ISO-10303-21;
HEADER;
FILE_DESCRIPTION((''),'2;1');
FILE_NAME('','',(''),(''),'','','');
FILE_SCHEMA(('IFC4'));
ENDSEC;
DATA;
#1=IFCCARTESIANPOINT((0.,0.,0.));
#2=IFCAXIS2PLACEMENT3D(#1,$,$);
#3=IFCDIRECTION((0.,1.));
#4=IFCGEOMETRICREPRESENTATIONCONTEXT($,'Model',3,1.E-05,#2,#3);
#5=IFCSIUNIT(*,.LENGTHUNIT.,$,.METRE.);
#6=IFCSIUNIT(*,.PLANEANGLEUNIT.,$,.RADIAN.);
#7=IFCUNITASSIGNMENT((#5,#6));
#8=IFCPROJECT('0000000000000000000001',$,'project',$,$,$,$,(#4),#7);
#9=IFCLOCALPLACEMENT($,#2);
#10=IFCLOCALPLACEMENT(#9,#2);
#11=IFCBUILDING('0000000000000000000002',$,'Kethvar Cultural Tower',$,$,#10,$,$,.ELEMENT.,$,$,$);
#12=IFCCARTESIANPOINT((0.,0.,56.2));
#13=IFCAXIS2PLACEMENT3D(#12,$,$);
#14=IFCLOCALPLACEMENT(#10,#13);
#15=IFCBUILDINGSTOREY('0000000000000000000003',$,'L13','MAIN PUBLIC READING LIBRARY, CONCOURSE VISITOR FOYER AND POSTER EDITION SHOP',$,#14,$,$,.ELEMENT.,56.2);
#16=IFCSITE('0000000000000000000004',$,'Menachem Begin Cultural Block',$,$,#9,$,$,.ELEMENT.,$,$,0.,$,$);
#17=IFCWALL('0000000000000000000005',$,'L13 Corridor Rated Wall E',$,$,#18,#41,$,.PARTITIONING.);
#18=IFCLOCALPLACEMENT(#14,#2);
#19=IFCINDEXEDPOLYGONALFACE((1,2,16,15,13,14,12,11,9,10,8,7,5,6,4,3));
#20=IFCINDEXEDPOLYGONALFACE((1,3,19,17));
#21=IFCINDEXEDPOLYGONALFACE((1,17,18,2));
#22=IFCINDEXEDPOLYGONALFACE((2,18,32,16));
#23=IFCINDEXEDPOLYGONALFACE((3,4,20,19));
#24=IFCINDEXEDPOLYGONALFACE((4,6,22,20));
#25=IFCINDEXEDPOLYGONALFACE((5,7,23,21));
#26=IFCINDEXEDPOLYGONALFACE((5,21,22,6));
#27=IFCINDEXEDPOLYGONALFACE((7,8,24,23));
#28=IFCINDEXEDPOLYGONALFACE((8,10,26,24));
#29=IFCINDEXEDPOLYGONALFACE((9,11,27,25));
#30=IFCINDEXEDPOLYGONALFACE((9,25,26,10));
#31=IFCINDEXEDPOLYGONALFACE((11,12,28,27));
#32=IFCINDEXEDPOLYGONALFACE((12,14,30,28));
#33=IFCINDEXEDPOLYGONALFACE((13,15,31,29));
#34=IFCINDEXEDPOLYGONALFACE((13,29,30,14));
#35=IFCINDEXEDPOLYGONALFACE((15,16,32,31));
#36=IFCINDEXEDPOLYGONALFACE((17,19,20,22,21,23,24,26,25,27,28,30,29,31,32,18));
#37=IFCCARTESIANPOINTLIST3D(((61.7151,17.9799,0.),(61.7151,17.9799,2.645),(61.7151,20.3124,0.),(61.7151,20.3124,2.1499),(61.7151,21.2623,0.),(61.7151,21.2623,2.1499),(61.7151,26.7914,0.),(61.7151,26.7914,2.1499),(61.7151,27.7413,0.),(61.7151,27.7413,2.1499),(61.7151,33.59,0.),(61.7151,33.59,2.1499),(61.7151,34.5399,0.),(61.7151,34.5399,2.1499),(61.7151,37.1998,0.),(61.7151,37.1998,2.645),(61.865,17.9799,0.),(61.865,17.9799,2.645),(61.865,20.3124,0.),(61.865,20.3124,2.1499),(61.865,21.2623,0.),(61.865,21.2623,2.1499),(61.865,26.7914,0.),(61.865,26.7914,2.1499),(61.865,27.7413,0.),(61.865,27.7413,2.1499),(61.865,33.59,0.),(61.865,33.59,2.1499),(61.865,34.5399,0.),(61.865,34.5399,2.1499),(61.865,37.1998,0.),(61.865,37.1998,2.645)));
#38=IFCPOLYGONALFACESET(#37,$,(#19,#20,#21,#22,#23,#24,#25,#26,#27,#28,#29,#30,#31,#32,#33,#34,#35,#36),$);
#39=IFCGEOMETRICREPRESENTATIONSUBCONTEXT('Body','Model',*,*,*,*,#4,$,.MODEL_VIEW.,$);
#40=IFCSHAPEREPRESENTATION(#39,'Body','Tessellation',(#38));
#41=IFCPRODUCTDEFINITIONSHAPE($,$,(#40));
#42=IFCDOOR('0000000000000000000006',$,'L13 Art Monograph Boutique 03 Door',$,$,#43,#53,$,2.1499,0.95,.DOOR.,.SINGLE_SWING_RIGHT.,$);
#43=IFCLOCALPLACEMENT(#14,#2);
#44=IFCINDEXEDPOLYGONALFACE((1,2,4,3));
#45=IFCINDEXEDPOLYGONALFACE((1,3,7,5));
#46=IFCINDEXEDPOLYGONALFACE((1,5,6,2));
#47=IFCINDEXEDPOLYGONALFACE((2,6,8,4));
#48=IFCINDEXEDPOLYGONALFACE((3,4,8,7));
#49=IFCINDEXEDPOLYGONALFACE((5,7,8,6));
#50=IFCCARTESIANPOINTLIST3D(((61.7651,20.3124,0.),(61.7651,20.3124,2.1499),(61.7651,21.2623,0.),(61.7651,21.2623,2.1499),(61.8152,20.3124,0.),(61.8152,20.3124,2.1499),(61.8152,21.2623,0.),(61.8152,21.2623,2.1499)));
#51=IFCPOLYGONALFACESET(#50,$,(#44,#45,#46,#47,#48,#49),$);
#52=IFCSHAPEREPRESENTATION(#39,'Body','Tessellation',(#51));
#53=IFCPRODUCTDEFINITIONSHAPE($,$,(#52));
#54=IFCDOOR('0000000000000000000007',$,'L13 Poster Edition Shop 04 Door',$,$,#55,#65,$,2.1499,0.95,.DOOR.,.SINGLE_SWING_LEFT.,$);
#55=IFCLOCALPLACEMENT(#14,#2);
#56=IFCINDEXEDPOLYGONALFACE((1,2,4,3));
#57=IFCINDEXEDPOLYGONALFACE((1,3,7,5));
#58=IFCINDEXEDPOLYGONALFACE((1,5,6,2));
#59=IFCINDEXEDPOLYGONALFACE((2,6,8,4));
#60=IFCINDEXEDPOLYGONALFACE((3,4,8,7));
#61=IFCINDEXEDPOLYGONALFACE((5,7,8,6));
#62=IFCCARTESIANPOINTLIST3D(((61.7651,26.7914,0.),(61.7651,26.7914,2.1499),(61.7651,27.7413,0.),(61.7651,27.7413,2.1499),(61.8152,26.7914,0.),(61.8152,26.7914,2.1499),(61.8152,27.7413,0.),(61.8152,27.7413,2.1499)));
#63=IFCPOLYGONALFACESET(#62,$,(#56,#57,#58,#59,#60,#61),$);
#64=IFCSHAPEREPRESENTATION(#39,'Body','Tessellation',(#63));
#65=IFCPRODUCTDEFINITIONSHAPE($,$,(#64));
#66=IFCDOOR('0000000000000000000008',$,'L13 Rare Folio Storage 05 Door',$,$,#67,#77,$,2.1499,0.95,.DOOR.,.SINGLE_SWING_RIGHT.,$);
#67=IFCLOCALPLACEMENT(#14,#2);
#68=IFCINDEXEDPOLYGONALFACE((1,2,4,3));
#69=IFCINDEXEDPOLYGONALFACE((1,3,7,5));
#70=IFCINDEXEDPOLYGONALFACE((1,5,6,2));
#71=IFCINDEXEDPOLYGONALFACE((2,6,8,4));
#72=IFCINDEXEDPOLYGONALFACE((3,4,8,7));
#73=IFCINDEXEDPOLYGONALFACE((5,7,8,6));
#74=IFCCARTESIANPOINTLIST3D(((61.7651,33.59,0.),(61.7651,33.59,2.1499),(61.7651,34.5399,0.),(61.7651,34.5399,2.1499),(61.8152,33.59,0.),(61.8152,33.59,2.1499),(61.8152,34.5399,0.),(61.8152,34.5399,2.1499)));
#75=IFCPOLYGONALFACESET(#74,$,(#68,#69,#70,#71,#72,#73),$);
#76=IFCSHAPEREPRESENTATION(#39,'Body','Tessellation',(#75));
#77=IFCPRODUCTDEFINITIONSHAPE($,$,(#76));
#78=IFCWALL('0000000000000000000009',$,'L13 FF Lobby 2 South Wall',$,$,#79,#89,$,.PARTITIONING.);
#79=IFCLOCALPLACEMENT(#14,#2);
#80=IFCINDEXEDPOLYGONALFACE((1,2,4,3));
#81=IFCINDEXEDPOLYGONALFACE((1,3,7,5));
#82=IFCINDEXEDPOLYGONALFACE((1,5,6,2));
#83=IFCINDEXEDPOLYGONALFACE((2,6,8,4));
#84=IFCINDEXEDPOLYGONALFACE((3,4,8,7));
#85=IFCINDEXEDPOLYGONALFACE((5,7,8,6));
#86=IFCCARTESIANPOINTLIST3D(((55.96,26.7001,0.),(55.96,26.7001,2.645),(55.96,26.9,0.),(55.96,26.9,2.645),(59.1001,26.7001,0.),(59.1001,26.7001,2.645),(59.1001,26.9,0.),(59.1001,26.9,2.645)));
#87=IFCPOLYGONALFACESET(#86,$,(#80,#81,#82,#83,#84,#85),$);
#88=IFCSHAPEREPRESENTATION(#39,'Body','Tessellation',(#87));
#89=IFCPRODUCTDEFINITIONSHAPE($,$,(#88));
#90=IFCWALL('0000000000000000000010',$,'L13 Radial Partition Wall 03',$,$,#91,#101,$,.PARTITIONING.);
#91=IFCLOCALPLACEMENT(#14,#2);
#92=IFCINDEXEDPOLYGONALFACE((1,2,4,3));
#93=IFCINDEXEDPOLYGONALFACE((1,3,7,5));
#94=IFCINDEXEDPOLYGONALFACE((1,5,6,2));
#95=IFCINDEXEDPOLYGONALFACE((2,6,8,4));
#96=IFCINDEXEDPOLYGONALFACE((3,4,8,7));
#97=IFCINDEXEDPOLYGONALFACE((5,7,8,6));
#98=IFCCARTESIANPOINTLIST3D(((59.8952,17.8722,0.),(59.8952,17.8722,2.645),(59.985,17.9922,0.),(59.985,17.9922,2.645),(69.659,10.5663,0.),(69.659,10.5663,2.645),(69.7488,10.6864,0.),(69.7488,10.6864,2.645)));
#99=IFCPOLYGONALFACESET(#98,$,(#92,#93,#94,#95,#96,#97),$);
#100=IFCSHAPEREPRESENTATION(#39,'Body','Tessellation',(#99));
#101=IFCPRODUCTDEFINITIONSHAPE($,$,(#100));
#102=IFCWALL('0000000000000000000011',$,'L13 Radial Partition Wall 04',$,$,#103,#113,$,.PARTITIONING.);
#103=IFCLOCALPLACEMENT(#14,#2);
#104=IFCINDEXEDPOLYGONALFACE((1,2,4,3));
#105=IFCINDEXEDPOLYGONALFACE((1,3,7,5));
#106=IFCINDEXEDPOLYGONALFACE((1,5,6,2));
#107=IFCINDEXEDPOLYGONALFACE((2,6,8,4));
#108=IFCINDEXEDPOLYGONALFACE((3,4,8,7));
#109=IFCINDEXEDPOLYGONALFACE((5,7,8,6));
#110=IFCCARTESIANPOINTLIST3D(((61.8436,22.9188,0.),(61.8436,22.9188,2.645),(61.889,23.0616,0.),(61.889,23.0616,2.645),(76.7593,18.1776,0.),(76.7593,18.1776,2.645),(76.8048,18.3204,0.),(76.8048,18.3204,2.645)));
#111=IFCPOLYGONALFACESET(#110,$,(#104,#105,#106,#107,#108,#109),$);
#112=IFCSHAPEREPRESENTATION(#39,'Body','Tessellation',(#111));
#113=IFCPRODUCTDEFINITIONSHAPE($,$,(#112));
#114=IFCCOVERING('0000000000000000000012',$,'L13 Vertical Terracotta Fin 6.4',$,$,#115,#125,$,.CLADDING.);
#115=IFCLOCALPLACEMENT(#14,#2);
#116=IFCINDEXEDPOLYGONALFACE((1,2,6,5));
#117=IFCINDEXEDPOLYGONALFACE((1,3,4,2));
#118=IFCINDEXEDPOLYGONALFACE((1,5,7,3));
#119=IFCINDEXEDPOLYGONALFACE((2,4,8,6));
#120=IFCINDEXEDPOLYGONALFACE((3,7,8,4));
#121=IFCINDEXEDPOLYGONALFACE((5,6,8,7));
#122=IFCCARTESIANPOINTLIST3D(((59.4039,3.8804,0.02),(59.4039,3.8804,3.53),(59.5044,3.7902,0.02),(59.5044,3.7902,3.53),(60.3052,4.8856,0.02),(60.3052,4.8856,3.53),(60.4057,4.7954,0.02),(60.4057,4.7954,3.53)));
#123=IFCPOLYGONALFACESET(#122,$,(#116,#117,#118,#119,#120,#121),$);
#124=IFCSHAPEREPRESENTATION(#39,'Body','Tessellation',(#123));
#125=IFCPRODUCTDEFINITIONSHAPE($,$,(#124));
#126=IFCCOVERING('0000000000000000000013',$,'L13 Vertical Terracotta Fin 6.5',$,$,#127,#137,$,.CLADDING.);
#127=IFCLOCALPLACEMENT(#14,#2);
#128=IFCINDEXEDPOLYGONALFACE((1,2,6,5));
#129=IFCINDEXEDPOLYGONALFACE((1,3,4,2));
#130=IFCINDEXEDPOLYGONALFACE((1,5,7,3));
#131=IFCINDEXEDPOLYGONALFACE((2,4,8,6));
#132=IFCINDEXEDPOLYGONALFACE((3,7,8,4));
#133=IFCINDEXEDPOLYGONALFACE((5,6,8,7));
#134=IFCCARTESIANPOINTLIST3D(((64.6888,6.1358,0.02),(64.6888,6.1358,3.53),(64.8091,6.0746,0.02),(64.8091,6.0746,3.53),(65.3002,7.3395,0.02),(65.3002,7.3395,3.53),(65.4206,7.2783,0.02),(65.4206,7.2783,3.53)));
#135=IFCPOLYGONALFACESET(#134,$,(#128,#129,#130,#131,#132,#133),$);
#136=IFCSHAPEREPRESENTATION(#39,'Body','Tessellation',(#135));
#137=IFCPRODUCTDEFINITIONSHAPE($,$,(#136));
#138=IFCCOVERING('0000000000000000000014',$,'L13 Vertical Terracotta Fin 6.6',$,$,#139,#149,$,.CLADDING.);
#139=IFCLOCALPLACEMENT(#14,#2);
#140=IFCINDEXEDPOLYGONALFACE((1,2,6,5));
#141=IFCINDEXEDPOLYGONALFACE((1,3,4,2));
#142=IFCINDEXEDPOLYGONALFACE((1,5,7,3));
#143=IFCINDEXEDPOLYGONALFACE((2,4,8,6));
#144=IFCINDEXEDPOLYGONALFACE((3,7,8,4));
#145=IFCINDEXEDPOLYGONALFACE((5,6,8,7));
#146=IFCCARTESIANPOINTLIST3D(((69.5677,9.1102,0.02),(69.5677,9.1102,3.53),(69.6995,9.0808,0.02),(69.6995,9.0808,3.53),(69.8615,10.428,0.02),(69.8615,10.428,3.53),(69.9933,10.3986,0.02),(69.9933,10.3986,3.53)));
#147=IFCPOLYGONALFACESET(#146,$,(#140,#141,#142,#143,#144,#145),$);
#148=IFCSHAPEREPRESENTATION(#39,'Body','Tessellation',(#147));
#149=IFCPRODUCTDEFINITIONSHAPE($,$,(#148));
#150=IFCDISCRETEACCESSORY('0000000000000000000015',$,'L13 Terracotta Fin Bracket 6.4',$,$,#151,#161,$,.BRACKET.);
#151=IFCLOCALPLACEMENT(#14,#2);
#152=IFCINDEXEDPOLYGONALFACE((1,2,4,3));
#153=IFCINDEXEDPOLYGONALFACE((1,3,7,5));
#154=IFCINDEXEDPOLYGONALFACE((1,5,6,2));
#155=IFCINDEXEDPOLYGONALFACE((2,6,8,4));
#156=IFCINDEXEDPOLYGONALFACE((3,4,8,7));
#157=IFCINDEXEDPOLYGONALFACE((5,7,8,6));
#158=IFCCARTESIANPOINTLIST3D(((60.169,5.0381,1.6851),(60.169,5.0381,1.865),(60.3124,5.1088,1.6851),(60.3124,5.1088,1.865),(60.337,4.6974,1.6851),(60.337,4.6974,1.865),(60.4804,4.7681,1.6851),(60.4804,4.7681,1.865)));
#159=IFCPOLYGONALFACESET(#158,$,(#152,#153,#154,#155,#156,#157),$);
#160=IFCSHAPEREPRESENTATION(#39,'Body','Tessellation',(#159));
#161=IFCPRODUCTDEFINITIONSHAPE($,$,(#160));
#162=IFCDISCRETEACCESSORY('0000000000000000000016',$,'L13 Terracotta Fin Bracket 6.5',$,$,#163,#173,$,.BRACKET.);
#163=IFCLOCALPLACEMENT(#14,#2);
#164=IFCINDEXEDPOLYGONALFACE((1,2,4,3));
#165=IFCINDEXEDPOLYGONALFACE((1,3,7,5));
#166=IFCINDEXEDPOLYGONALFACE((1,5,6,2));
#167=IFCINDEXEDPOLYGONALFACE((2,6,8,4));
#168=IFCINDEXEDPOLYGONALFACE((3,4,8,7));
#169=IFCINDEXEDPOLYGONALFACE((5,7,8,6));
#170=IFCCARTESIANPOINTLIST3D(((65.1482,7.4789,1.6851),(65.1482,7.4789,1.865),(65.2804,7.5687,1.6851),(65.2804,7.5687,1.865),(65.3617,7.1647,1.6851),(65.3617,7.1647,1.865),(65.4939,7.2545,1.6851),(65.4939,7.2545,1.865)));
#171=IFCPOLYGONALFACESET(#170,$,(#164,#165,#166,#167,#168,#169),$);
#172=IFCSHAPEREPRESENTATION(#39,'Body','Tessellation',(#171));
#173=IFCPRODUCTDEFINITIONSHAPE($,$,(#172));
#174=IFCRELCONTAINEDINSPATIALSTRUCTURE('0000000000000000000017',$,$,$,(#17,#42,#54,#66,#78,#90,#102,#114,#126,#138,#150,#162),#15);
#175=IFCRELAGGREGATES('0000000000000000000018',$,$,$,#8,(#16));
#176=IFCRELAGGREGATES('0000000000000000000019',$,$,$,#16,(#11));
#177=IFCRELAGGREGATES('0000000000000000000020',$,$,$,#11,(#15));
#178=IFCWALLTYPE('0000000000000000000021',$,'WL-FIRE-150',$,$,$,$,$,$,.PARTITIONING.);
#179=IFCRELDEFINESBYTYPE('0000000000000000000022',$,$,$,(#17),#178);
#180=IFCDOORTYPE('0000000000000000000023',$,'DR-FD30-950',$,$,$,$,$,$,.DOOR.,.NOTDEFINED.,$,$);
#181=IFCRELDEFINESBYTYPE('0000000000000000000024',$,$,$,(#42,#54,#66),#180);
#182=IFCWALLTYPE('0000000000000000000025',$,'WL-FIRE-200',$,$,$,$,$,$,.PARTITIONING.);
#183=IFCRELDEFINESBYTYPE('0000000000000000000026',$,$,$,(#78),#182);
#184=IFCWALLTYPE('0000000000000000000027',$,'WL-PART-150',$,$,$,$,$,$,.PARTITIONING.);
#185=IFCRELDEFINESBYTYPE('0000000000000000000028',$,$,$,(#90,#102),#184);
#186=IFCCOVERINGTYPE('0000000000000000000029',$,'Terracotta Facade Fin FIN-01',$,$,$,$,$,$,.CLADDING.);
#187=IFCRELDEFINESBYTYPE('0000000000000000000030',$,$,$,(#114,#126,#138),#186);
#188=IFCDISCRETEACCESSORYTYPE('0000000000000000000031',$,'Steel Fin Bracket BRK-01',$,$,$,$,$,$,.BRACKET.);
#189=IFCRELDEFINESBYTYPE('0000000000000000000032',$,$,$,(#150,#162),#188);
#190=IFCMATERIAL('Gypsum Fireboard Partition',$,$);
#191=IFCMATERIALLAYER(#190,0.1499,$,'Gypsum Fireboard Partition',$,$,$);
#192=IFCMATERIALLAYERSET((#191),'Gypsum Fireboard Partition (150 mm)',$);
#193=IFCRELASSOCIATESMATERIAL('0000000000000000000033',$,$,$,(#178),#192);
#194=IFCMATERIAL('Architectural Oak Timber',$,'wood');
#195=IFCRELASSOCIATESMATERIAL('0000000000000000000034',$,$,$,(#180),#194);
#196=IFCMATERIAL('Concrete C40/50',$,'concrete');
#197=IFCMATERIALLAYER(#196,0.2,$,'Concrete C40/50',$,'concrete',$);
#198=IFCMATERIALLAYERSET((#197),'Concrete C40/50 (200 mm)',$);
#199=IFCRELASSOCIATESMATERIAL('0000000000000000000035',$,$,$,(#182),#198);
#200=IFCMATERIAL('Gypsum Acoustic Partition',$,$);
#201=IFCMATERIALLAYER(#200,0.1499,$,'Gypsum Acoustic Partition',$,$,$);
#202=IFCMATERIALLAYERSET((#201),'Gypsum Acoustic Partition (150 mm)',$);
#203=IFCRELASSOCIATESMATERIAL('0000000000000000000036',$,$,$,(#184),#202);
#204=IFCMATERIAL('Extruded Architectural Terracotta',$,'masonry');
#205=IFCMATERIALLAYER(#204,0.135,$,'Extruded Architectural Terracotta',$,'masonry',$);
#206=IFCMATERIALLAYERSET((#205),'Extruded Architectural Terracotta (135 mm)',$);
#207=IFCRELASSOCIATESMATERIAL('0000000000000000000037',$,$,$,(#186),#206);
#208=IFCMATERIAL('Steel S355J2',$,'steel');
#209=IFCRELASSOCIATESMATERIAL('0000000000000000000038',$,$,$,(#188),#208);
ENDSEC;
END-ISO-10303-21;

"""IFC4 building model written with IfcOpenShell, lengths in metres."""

from ifc_helpers import new_model, si_unit, direction, frame, frame_2d, origin, origin_2d, place, context, subcontext, project, spatial, rectangle, extrude, source, transform, mapped, material, layer, layer_set, type_object, element, fill, save


model = new_model("IFC4")

# Units and contexts
model_context = context("Model", 3, precision=1e-05, world=origin(), true_north=direction((0.0, 1.0)))
body_context = subcontext(model_context, "Body", "Model", "MODEL_VIEW")
ifc_project = project(units=[si_unit("LENGTHUNIT", "METRE"), si_unit("PLANEANGLEUNIT", "RADIAN")], contexts=[model_context])

# Site, building, storey
site_placement = place(None, origin())
site = spatial("IfcSite", under=ifc_project, at=site_placement, Name="Menachem Begin Cultural Block", CompositionType="ELEMENT", RefElevation=0.0)
building_placement = place(site_placement, origin())
building = spatial("IfcBuilding", under=site, at=building_placement, Name="Kethvar Cultural Tower", CompositionType="ELEMENT")
storey_placement = place(building_placement, frame((0.0, 0.0, 56.2)))
storey = spatial("IfcBuildingStorey", under=building, at=storey_placement, Name="L13", Description="MAIN PUBLIC READING LIBRARY, CONCOURSE VISITOR FOYER AND POSTER EDITION SHOP", CompositionType="ELEMENT", Elevation=56.2)

# Shared definitions
ifc_material_1 = material(Name="Steel S355J2", Category="steel")

# Wall, openings, doors
ifc_material_2 = material(Name="Gypsum Fireboard Partition")
ifc_layer_1 = layer(ifc_material_2, 0.1499, Name="Gypsum Fireboard Partition")
ifc_layer_set_1 = layer_set([ifc_layer_1], Name="Gypsum Fireboard Partition (150 mm)")
wall_type_1 = type_object("IfcWallType", Name="WL-FIRE-150", PredefinedType="PARTITIONING", material=ifc_layer_set_1)
wall_1_placement = place(storey_placement, frame((61.79, 17.98, 0.0), z_axis=(0.0, 0.0, 1.0), x_axis=(0.0, 1.0, 0.0)))
wall_1 = element("IfcWall", 1, at=wall_1_placement, inside=storey, type_object=wall_type_1, Name="L13 Corridor Rated Wall E", PredefinedType="PARTITIONING", context=body_context, shape_type="SweptSolid", body=[
    extrude(rectangle(XDim=19.22, YDim=0.1499, at=frame_2d((9.6099, 0.0))), origin(), (0.0, 0.0, 1.0), 2.645),
])
opening_1_placement = place(wall_1_placement, frame((2.3323, 0.0, 0.0)))
opening_1 = element("IfcOpeningElement", 2, at=opening_1_placement, cuts=wall_1, PredefinedType="OPENING", context=body_context, shape_type="SweptSolid", body=[
    extrude(rectangle(XDim=0.95, YDim=2.1499, at=frame_2d((0.4751, 1.075))), frame((0.0, 0.085, 0.0), z_axis=(0.0, -1.0, 0.0), x_axis=(1.0, 0.0, 0.0)), (0.0, 0.0, 1.0), 0.1699),
])
opening_2_placement = place(wall_1_placement, frame((8.8113, 0.0, 0.0)))
opening_2 = element("IfcOpeningElement", 3, at=opening_2_placement, cuts=wall_1, PredefinedType="OPENING", context=body_context, shape_type="SweptSolid", body=[
    extrude(rectangle(XDim=0.95, YDim=2.1499, at=frame_2d((0.4751, 1.075))), frame((0.0, 0.085, 0.0), z_axis=(0.0, -1.0, 0.0), x_axis=(1.0, 0.0, 0.0)), (0.0, 0.0, 1.0), 0.1699),
])
opening_3_placement = place(wall_1_placement, frame((15.6099, 0.0, 0.0)))
opening_3 = element("IfcOpeningElement", 4, at=opening_3_placement, cuts=wall_1, PredefinedType="OPENING", context=body_context, shape_type="SweptSolid", body=[
    extrude(rectangle(XDim=0.95, YDim=2.1499, at=frame_2d((0.4751, 1.075))), frame((0.0, 0.085, 0.0), z_axis=(0.0, -1.0, 0.0), x_axis=(1.0, 0.0, 0.0)), (0.0, 0.0, 1.0), 0.1699),
])
ifc_material_3 = material(Name="Architectural Oak Timber", Category="wood")
door_type_1 = type_object("IfcDoorType", Name="DR-FD30-950", OperationType="NOTDEFINED", PredefinedType="DOOR", material=ifc_material_3)
shared_shape_1 = source(origin(), body_context, "Body", "SweptSolid", [
    extrude(rectangle(XDim=0.95, YDim=2.1499, at=frame_2d((0.4751, 1.075))), frame((0.0, 0.0249, 0.0), z_axis=(0.0, -1.0, 0.0), x_axis=(1.0, 0.0, 0.0)), (0.0, 0.0, 1.0), 0.05),
])
door_1_placement = place(opening_1_placement, origin())
door_1 = element("IfcDoor", 5, at=door_1_placement, inside=storey, type_object=door_type_1, Name="L13 Art Monograph Boutique 03 Door", OperationType="SINGLE_SWING_RIGHT", OverallHeight=2.1499, OverallWidth=0.95, PredefinedType="DOOR", context=body_context, shape_type="MappedRepresentation", body=[
    mapped(shared_shape_1, transform((0.0, 0.0, 0.0), scale=1.0)),
])
fill(opening_1, door_1)
door_2_placement = place(opening_2_placement, origin())
door_2 = element("IfcDoor", 6, at=door_2_placement, inside=storey, type_object=door_type_1, Name="L13 Poster Edition Shop 04 Door", OperationType="SINGLE_SWING_LEFT", OverallHeight=2.1499, OverallWidth=0.95, PredefinedType="DOOR", context=body_context, shape_type="MappedRepresentation", body=[
    mapped(shared_shape_1, transform((0.0, 0.0, 0.0), scale=1.0)),
])
fill(opening_2, door_2)
door_3_placement = place(opening_3_placement, origin())
door_3 = element("IfcDoor", 7, at=door_3_placement, inside=storey, type_object=door_type_1, Name="L13 Rare Folio Storage 05 Door", OperationType="SINGLE_SWING_RIGHT", OverallHeight=2.1499, OverallWidth=0.95, PredefinedType="DOOR", context=body_context, shape_type="MappedRepresentation", body=[
    mapped(shared_shape_1, transform((0.0, 0.0, 0.0), scale=1.0)),
])
fill(opening_3, door_3)

# Shared definitions
ifc_material_4 = material(Name="Concrete C40/50", Category="concrete")
ifc_layer_2 = layer(ifc_material_4, 0.2, Name="Concrete C40/50", Category="concrete")
ifc_layer_set_2 = layer_set([ifc_layer_2], Name="Concrete C40/50 (200 mm)")
wall_type_2 = type_object("IfcWallType", Name="WL-FIRE-200", PredefinedType="PARTITIONING", material=ifc_layer_set_2)

# Walls
wall_2_placement = place(storey_placement, frame((55.96, 26.8, 0.0), z_axis=(0.0, 0.0, 1.0), x_axis=(1.0, 0.0, 0.0)))
element("IfcWall", 8, at=wall_2_placement, inside=storey, type_object=wall_type_2, Name="L13 FF Lobby 2 South Wall", PredefinedType="PARTITIONING", context=body_context, shape_type="SweptSolid", body=[
    extrude(rectangle(XDim=3.1401, YDim=0.2, at=frame_2d((1.5701, 0.0))), origin(), (0.0, 0.0, 1.0), 2.645),
])
ifc_material_5 = material(Name="Gypsum Acoustic Partition")
ifc_layer_3 = layer(ifc_material_5, 0.1499, Name="Gypsum Acoustic Partition")
ifc_layer_set_3 = layer_set([ifc_layer_3], Name="Gypsum Acoustic Partition (150 mm)")
wall_type_3 = type_object("IfcWallType", Name="WL-PART-150", PredefinedType="PARTITIONING", material=ifc_layer_set_3)
wall_3_placement = place(storey_placement, frame((59.9402, 17.9321, 0.0), z_axis=(0.0, 0.0, 1.0), x_axis=(0.80067, -0.599106, 0.0)))
element("IfcWall", 9, at=wall_3_placement, inside=storey, type_object=wall_type_3, Name="L13 Radial Partition Wall 03", PredefinedType="PARTITIONING", context=body_context, shape_type="SweptSolid", body=[
    extrude(rectangle(XDim=12.1946, YDim=0.1499, at=frame_2d((6.0972, 0.0))), origin(), (0.0, 0.0, 1.0), 2.645),
])
wall_4_placement = place(storey_placement, frame((61.8662, 22.9902, 0.0), z_axis=(0.0, 0.0, 1.0), x_axis=(0.953013, -0.30293, 0.0)))
element("IfcWall", 10, at=wall_4_placement, inside=storey, type_object=wall_type_3, Name="L13 Radial Partition Wall 04", PredefinedType="PARTITIONING", context=body_context, shape_type="SweptSolid", body=[
    extrude(rectangle(XDim=15.6511, YDim=0.1499, at=frame_2d((7.8257, 0.0))), origin(), (0.0, 0.0, 1.0), 2.645),
])

# Coverings
ifc_material_6 = material(Name="Extruded Architectural Terracotta", Category="masonry")
ifc_layer_4 = layer(ifc_material_6, 0.135, Name="Extruded Architectural Terracotta", Category="masonry")
ifc_layer_set_4 = layer_set([ifc_layer_4], Name="Extruded Architectural Terracotta (135 mm)")
covering_type = type_object("IfcCoveringType", Name="Terracotta Facade Fin FIN-01", PredefinedType="CLADDING", material=ifc_layer_set_4)
shared_shape_2 = source(origin(), body_context, "Body", "SweptSolid", [
    extrude(rectangle(XDim=1.3501, YDim=0.135, at=origin_2d()), origin(), (0.0, 0.0, 1.0), 3.51),
])
for number, where, z_axis, x_axis, name in (
    (11, (59.9048, 4.3379, 0.02), (0.0, 0.0, 1.0), (-0.667573, -0.744545, 0.0), "L13 Vertical Terracotta Fin 6.4"),
    (12, (65.0547, 6.707, 0.02), (0.0, 0.0, 1.0), (-0.452902, -0.891561, 0.0), "L13 Vertical Terracotta Fin 6.5"),
    (13, (69.7805, 9.7544, 0.02), (0.0, 0.0, 1.0), (-0.217632, -0.976031, 0.0), "L13 Vertical Terracotta Fin 6.6"),
):
    element("IfcCovering", number, at=place(storey_placement, frame(where, z_axis=z_axis, x_axis=x_axis)), inside=storey, type_object=covering_type, Name=name, PredefinedType="CLADDING", context=body_context, shape_type="MappedRepresentation", body=[
        mapped(shared_shape_2, transform((0.0, 0.0, 0.0), scale=1.0)),
    ])

# Discrete accessories
discrete_accessory_type = type_object("IfcDiscreteAccessoryType", Name="Steel Fin Bracket BRK-01", PredefinedType="BRACKET", material=ifc_material_1)
shared_shape_3 = source(origin(), body_context, "Body", "SweptSolid", [
    extrude(rectangle(XDim=0.3799, YDim=0.1599, at=origin_2d()), origin(), (0.0, 0.0, 1.0), 0.1799),
])
for number, where, z_axis, x_axis, name in (
    (14, (60.3247, 4.9031, 1.6851), (0.0, 0.0, 1.0), (0.442289, -0.896873, 0.0), "L13 Terracotta Fin Bracket 6.4"),
    (15, (65.321, 7.3667, 1.6851), (0.0, 0.0, 1.0), (0.562083, -0.827081, 0.0), "L13 Terracotta Fin Bracket 6.5"),
):
    element("IfcDiscreteAccessory", number, at=place(storey_placement, frame(where, z_axis=z_axis, x_axis=x_axis)), inside=storey, type_object=discrete_accessory_type, Name=name, PredefinedType="BRACKET", context=body_context, shape_type="MappedRepresentation", body=[
        mapped(shared_shape_3, transform((0.0, 0.0, 0.0), scale=1.0)),
    ])

save(model, "model.ifc")
